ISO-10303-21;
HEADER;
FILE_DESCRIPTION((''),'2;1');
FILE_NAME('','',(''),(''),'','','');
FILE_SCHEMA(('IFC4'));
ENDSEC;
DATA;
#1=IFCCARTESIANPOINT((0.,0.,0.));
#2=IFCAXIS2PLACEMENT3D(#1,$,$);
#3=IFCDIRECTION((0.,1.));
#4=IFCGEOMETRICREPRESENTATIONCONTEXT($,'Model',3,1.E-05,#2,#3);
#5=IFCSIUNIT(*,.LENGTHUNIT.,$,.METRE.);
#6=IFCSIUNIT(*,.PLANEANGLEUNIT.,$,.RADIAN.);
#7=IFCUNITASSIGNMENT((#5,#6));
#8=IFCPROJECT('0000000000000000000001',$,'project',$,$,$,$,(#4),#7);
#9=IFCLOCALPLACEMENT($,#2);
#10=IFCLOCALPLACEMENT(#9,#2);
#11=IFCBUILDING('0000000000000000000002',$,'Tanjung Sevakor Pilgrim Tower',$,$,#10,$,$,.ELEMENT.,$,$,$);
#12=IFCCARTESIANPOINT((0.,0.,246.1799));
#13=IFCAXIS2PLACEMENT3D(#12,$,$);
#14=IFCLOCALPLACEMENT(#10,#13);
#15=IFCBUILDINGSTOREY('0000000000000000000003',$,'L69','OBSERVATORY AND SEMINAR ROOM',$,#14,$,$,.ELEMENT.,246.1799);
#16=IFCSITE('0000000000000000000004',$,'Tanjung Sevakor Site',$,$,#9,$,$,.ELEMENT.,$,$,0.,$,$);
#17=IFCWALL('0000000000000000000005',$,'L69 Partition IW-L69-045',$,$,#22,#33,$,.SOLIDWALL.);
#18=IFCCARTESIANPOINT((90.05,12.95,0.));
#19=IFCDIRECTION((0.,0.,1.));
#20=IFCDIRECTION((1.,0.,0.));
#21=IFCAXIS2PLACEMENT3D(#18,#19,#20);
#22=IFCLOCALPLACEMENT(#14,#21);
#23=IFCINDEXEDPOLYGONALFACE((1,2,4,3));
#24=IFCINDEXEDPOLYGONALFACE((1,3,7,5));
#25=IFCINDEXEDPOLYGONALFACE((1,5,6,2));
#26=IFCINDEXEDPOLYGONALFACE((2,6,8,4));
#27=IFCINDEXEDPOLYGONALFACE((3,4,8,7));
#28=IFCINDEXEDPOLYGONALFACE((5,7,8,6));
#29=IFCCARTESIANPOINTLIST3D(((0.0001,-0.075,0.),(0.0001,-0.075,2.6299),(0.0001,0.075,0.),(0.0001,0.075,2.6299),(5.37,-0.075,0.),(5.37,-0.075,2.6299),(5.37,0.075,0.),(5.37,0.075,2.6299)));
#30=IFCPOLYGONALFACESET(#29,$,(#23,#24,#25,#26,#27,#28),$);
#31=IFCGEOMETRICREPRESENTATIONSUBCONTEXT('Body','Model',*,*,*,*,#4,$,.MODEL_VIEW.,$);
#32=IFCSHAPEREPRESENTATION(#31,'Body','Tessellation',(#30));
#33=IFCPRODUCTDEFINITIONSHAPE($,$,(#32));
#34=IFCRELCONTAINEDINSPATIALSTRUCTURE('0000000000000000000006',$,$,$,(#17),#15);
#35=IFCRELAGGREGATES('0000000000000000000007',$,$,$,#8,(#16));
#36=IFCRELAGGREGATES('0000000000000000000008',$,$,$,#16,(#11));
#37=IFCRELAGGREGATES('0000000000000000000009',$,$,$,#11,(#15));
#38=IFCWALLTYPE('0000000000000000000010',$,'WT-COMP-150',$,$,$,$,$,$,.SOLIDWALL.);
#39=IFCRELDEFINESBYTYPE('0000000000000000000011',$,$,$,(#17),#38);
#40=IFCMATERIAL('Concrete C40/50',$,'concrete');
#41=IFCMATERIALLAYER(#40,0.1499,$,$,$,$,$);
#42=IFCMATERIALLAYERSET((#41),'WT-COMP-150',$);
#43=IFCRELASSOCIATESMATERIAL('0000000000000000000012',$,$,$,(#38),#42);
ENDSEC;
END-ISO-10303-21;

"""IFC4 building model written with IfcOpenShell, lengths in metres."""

from ifc_helpers import new_model, si_unit, direction, frame, frame_2d, origin, place, context, subcontext, project, spatial, rectangle, extrude, material, layer, layer_set, type_object, element, save


model = new_model("IFC4")

# Units and contexts
model_context = context("Model", 3, precision=1e-05, world=origin(), true_north=direction((0.0, 1.0)))
body_context = subcontext(model_context, "Body", "Model", "MODEL_VIEW")
ifc_project = project(units=[si_unit("LENGTHUNIT", "METRE"), si_unit("PLANEANGLEUNIT", "RADIAN")], contexts=[model_context])

# Site, building, storey
site_placement = place(None, origin())
site = spatial("IfcSite", under=ifc_project, at=site_placement, Name="Tanjung Sevakor Site", CompositionType="ELEMENT", RefElevation=0.0)
building_placement = place(site_placement, origin())
building = spatial("IfcBuilding", under=site, at=building_placement, Name="Tanjung Sevakor Pilgrim Tower", CompositionType="ELEMENT")
storey_placement = place(building_placement, frame((0.0, 0.0, 246.1799)))
storey = spatial("IfcBuildingStorey", under=building, at=storey_placement, Name="L69", Description="OBSERVATORY AND SEMINAR ROOM", CompositionType="ELEMENT", Elevation=246.1799)

# Wall
ifc_material_1 = material(Name="Concrete C40/50", Category="concrete")
ifc_layer_1 = layer(ifc_material_1, 0.1499)
ifc_layer_set_1 = layer_set([ifc_layer_1], Name="WT-COMP-150")
wall_type_1 = type_object("IfcWallType", Name="WT-COMP-150", PredefinedType="SOLIDWALL", material=ifc_layer_set_1)
wall_1_placement = place(storey_placement, frame((90.05, 12.95, 0.0), z_axis=(0.0, 0.0, 1.0), x_axis=(1.0, 0.0, 0.0)))
element("IfcWall", 1, at=wall_1_placement, inside=storey, type_object=wall_type_1, Name="L69 Partition IW-L69-045", PredefinedType="SOLIDWALL", context=body_context, shape_type="SweptSolid", body=[
    extrude(rectangle(XDim=5.3699, YDim=0.1499, at=frame_2d((2.6851, 0.0))), origin(), (0.0, 0.0, 1.0), 2.6299),
])

save(model, "model.ifc")
